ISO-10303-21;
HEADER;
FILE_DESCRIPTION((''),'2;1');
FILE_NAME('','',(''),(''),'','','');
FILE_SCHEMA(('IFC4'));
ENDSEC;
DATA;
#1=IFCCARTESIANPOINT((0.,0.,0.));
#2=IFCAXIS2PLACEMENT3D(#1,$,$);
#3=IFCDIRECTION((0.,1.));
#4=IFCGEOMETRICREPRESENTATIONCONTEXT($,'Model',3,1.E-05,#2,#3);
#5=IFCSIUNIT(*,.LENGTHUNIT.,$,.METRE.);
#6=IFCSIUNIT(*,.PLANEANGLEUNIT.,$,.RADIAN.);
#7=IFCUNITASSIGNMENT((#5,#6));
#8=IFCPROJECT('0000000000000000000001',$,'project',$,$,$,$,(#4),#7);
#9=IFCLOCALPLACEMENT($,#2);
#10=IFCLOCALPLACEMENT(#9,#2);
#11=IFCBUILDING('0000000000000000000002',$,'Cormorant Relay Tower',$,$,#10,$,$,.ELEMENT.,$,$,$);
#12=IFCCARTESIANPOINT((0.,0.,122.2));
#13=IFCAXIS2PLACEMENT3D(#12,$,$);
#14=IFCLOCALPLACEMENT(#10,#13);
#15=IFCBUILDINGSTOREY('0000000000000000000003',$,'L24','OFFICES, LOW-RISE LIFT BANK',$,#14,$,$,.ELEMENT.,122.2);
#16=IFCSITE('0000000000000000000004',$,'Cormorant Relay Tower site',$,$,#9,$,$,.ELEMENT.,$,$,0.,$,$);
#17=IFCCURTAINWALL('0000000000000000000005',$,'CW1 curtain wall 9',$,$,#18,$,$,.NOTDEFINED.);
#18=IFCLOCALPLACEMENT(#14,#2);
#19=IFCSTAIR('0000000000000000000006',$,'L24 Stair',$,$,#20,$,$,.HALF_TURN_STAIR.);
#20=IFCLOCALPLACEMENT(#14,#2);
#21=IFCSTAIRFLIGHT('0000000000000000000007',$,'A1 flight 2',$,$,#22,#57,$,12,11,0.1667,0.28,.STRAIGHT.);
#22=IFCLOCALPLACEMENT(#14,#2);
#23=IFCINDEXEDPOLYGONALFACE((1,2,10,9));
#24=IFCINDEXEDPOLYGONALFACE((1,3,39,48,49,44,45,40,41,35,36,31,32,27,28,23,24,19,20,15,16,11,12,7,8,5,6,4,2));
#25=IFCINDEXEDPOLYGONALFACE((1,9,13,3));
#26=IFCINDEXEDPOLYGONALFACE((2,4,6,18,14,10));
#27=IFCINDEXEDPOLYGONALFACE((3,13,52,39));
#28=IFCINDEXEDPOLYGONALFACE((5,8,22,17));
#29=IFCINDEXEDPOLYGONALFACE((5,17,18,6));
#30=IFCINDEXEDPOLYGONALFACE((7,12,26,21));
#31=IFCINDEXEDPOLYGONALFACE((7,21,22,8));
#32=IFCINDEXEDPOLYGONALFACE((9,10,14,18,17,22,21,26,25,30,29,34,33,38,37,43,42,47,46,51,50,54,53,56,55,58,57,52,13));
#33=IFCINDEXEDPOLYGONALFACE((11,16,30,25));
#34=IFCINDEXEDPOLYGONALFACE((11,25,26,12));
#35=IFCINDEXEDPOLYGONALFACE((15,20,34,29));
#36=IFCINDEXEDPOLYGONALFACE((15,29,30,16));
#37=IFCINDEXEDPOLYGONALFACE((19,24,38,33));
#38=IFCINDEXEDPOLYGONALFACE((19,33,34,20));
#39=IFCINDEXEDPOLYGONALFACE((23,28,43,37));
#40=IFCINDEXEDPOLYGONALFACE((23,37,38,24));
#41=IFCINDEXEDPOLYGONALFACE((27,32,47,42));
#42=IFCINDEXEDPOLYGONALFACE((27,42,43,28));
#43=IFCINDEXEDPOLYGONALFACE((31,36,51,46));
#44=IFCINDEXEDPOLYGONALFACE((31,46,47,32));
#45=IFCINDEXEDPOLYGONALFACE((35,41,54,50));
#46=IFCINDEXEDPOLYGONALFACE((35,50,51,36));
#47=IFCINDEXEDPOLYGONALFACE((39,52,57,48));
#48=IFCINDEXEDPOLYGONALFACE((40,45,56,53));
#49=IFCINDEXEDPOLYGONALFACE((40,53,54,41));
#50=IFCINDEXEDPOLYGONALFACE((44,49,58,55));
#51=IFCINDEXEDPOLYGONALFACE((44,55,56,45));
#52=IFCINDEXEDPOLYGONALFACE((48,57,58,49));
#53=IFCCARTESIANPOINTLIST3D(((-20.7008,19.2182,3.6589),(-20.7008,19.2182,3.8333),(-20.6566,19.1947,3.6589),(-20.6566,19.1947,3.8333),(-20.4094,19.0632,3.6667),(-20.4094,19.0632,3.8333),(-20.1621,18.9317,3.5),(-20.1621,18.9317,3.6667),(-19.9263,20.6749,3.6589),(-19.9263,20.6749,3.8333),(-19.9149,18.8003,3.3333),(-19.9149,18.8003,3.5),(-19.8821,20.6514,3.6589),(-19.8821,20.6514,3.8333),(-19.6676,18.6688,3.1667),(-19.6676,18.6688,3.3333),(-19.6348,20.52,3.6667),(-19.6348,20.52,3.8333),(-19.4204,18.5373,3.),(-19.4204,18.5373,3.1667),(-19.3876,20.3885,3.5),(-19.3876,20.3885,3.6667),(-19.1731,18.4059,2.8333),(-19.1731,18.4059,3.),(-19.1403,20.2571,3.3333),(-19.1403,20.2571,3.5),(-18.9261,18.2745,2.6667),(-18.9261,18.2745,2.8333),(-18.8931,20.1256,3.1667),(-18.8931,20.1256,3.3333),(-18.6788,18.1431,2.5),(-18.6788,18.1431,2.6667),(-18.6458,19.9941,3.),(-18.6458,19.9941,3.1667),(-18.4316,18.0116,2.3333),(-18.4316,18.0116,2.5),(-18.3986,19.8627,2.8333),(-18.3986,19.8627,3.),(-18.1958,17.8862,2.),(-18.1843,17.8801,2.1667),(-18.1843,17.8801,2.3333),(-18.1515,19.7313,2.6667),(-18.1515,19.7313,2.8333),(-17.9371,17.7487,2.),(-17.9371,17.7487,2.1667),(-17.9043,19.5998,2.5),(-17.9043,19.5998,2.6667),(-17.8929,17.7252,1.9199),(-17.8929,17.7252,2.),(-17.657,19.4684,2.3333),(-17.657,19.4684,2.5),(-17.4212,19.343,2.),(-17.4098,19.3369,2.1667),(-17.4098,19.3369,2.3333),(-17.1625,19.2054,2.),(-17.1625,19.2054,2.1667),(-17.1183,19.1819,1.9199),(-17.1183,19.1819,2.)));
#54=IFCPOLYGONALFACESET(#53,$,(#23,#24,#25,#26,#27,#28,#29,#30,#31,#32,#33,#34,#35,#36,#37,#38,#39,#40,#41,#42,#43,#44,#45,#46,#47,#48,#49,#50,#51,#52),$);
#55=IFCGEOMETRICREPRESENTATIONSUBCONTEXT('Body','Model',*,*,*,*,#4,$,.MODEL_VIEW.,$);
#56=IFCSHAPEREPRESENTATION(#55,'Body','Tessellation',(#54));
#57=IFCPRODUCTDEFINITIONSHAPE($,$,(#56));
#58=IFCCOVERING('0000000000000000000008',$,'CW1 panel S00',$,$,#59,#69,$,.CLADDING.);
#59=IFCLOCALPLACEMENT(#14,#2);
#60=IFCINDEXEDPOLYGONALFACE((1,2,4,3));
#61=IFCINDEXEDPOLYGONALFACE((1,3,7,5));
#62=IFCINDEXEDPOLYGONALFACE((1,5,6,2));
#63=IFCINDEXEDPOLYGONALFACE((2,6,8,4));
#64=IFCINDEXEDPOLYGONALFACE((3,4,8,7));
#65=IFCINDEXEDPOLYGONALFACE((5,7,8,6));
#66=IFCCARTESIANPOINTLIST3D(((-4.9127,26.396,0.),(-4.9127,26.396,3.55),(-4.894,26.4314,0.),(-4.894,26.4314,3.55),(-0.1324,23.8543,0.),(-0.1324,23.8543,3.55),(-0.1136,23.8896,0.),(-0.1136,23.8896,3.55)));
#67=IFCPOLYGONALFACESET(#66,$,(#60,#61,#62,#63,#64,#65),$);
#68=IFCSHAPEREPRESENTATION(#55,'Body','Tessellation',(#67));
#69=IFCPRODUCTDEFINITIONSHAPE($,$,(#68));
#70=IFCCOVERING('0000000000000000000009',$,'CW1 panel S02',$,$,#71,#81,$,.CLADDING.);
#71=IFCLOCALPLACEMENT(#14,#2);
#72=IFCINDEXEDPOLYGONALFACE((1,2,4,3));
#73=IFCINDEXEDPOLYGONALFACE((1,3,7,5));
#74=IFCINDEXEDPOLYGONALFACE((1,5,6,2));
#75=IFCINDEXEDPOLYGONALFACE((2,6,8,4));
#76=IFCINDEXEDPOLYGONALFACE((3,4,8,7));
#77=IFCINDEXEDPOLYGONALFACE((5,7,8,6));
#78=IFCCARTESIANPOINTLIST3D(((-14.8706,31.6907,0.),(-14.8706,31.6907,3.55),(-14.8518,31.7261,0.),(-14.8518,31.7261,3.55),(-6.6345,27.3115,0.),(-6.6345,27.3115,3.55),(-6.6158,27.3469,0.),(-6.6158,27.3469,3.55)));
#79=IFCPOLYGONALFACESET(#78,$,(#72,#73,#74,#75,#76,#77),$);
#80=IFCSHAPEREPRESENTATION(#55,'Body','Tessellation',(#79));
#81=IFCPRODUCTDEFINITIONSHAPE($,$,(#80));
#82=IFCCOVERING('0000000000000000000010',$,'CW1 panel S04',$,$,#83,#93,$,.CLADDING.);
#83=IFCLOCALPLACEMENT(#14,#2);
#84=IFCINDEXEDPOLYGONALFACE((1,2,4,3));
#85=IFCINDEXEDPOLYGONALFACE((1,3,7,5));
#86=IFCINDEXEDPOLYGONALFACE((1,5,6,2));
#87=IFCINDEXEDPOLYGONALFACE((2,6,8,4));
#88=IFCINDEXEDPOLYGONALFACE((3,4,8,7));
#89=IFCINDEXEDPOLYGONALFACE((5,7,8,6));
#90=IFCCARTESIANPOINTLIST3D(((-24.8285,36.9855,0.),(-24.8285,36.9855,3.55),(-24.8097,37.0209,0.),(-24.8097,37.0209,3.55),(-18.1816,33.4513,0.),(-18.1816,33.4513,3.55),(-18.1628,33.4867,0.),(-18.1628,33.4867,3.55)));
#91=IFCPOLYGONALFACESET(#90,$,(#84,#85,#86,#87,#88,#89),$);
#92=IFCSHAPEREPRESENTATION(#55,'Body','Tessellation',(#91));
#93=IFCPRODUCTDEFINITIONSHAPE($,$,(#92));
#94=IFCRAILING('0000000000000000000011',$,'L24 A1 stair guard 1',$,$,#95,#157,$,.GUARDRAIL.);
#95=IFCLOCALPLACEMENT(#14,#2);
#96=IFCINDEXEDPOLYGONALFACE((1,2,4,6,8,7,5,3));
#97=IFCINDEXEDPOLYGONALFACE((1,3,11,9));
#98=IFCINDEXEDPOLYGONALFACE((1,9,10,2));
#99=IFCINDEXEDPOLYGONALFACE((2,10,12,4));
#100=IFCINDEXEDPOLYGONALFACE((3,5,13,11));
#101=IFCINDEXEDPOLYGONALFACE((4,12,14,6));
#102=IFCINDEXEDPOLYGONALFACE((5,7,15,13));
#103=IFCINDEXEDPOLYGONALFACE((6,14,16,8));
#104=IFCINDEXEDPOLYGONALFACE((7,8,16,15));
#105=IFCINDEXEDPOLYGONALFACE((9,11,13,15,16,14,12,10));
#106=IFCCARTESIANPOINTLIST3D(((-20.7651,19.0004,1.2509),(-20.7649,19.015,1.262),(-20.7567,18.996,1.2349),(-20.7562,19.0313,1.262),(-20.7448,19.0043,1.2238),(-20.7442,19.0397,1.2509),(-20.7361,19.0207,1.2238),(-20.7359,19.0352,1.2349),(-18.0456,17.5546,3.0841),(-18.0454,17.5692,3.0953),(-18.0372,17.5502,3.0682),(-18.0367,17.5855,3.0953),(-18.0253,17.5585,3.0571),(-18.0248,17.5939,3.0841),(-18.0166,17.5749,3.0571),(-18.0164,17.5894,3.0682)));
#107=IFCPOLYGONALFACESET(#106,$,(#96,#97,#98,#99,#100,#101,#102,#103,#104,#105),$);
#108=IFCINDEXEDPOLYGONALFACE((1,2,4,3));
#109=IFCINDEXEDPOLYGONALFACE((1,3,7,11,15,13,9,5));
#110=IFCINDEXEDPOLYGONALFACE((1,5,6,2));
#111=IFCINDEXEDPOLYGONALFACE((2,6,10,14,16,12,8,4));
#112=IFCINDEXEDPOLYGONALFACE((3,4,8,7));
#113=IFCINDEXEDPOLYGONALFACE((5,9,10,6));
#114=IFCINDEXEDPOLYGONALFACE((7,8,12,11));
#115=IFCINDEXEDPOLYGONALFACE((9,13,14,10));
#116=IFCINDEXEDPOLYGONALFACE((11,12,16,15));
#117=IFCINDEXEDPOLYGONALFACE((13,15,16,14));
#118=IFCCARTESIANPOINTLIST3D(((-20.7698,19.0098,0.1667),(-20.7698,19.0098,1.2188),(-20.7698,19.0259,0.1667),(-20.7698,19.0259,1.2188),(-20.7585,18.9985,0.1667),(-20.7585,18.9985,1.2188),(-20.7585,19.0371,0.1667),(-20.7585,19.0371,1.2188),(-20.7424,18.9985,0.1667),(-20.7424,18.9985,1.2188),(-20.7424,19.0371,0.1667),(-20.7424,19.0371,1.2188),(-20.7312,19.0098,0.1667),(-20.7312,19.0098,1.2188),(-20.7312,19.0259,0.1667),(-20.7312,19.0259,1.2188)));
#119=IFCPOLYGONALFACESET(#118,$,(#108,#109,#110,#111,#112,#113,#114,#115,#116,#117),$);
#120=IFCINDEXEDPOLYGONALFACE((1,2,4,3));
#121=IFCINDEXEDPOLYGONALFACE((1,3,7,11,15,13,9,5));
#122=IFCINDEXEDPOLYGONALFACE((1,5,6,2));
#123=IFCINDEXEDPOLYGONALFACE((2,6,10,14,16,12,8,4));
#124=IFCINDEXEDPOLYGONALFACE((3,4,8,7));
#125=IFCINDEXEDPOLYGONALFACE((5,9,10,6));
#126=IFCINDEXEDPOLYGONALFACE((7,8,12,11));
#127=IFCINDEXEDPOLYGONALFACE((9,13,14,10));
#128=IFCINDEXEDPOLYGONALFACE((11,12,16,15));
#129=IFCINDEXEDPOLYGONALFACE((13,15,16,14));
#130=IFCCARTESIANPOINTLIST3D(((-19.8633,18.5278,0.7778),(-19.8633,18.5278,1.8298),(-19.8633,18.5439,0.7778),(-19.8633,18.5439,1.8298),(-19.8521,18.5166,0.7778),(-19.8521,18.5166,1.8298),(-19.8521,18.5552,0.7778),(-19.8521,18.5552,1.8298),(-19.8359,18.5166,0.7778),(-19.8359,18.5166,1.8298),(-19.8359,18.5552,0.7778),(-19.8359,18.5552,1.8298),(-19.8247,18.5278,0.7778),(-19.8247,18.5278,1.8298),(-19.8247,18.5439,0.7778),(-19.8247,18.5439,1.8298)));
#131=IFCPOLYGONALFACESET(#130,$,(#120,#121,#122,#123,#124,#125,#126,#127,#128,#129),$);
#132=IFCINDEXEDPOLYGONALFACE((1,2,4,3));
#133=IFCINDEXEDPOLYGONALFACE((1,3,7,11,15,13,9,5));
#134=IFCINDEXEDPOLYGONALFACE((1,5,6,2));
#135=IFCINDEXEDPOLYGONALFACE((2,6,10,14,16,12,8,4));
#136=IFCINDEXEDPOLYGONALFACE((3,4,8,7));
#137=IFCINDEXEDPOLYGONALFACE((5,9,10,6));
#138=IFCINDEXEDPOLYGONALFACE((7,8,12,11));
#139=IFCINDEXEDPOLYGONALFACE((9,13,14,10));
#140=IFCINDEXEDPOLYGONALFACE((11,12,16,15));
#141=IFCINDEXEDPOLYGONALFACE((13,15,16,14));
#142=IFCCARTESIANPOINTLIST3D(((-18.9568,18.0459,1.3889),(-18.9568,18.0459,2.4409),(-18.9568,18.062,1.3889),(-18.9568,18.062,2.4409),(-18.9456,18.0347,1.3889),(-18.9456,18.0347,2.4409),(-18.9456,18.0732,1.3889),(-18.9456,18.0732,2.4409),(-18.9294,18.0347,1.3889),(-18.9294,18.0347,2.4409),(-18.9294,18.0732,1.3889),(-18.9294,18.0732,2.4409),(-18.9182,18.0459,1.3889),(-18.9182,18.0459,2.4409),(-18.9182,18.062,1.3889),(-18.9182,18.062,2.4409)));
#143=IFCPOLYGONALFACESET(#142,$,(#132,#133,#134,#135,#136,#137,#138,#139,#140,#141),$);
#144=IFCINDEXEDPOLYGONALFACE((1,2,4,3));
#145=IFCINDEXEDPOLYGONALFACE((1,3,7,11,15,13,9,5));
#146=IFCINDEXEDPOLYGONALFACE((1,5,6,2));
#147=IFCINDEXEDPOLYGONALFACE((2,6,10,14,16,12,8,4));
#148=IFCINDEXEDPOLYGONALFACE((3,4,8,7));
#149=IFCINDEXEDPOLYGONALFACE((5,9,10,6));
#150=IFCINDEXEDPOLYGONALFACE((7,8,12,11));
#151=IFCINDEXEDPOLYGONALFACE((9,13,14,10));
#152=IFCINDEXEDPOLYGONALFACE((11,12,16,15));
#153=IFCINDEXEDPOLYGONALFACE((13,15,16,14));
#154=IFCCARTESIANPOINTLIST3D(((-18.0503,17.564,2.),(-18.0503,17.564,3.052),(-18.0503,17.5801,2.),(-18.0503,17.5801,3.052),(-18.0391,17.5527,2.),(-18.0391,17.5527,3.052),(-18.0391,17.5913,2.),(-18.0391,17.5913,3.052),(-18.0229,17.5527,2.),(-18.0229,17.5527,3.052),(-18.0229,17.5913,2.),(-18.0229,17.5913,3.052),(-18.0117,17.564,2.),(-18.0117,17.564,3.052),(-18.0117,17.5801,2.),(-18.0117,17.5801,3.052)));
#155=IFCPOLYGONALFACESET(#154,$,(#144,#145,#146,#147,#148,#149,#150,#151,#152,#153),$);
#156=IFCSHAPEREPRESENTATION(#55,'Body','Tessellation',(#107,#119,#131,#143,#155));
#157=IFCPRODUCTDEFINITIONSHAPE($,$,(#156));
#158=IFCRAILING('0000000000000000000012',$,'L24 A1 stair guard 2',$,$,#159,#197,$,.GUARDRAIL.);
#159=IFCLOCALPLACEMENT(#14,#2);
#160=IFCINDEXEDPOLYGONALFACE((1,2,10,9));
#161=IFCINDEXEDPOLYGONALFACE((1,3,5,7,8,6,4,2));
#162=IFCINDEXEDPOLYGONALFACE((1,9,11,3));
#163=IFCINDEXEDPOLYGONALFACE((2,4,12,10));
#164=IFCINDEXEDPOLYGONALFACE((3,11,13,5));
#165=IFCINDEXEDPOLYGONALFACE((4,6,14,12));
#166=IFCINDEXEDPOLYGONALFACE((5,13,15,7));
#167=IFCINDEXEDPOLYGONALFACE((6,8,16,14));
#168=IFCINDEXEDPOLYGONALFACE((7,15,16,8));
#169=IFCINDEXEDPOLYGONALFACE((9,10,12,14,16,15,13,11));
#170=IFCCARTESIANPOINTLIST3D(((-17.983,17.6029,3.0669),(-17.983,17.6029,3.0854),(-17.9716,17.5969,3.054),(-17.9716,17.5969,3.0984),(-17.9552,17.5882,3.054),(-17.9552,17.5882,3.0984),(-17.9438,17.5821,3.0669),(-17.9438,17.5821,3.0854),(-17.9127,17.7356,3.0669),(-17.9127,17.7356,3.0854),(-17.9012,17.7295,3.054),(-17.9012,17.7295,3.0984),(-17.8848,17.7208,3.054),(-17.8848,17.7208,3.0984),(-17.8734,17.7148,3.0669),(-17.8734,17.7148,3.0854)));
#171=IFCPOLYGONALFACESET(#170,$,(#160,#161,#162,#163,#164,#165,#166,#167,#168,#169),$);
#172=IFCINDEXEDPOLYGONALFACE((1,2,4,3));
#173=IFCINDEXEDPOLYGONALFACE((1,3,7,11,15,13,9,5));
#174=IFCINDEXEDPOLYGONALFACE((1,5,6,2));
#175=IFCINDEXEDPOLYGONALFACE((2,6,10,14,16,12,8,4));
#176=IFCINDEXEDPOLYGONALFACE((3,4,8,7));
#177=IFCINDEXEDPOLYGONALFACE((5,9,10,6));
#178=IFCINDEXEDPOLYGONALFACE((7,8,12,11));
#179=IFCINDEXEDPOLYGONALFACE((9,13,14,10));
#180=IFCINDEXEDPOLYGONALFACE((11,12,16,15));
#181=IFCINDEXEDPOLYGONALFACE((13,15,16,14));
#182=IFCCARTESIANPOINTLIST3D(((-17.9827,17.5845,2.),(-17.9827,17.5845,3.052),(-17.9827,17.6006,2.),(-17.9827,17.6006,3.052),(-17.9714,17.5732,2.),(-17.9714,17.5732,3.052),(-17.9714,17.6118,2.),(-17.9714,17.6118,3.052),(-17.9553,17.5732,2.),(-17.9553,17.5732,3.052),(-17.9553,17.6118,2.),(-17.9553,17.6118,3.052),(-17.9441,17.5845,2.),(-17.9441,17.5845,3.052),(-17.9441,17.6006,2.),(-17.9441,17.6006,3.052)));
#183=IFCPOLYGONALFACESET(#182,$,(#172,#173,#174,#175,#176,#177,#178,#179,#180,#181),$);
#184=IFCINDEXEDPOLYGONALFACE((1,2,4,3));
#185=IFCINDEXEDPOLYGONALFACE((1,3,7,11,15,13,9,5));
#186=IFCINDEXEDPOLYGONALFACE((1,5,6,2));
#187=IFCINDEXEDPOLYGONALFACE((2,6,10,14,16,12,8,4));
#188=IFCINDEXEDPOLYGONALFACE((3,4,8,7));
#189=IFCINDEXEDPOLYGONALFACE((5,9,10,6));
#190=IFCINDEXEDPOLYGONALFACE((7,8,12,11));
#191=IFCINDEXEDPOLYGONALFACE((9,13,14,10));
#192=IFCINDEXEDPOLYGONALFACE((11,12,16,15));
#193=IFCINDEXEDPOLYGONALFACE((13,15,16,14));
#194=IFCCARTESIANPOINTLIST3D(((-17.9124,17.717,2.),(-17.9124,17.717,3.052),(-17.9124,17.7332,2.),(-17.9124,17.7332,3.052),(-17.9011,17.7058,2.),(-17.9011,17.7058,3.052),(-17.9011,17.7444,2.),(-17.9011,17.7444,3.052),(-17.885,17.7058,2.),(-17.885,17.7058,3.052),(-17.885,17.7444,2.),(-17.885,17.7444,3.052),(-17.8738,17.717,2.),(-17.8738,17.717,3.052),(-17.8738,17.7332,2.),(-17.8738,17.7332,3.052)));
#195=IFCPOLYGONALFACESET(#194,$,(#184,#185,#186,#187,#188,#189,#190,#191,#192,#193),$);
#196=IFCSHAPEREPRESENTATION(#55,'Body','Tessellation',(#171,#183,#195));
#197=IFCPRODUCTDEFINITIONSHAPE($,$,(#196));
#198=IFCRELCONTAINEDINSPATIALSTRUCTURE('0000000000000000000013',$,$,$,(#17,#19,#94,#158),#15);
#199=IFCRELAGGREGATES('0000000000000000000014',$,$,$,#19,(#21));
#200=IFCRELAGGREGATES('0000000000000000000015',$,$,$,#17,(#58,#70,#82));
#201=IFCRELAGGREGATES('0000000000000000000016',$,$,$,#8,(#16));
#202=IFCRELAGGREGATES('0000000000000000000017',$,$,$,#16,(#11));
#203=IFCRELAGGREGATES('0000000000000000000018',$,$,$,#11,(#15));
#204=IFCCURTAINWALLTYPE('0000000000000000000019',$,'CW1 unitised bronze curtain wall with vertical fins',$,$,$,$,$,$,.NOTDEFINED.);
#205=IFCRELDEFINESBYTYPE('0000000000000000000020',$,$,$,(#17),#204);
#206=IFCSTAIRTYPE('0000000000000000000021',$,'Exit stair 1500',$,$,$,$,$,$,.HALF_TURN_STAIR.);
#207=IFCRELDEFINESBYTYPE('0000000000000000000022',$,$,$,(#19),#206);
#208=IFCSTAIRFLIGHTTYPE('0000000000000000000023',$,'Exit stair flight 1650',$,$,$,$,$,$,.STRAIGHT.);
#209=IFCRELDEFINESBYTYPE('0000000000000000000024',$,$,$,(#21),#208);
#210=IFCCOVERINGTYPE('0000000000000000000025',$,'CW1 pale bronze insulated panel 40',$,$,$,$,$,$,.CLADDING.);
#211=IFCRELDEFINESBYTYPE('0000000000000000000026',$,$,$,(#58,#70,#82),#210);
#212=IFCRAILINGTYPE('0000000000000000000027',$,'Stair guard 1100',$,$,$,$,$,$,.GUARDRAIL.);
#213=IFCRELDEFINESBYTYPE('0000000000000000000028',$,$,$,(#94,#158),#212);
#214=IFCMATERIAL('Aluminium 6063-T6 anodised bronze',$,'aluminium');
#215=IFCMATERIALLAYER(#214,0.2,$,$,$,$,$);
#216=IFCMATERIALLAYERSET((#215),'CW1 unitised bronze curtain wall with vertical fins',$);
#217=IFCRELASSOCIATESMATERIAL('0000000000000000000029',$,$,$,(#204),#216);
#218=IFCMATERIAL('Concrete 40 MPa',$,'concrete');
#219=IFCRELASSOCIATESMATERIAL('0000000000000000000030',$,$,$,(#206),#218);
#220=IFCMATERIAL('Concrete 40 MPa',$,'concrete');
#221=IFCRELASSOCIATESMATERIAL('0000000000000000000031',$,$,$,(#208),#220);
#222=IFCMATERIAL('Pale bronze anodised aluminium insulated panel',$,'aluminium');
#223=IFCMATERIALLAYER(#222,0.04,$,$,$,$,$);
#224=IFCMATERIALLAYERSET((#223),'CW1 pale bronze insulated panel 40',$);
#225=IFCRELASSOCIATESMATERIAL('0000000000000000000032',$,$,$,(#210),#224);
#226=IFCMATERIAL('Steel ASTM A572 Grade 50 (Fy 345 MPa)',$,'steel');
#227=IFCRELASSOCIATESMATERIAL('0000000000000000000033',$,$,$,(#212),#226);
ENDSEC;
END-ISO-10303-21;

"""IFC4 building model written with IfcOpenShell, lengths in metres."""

from ifc_helpers import new_model, si_unit, direction, frame, origin, origin_2d, place, context, subcontext, project, spatial, polyline, rectangle, outline, extrude, material, layer, layer_set, type_object, element, aggregate, save


model = new_model("IFC4")

# Units and contexts
model_context = context("Model", 3, precision=1e-05, world=origin(), true_north=direction((0.0, 1.0)))
body_context = subcontext(model_context, "Body", "Model", "MODEL_VIEW")
ifc_project = project(units=[si_unit("LENGTHUNIT", "METRE"), si_unit("PLANEANGLEUNIT", "RADIAN")], contexts=[model_context])

# Site, building, storey
site_placement = place(None, origin())
site = spatial("IfcSite", under=ifc_project, at=site_placement, Name="Cormorant Relay Tower site", CompositionType="ELEMENT", RefElevation=0.0)
building_placement = place(site_placement, origin())
building = spatial("IfcBuilding", under=site, at=building_placement, Name="Cormorant Relay Tower", CompositionType="ELEMENT")
storey_placement = place(building_placement, frame((0.0, 0.0, 122.2)))
storey = spatial("IfcBuildingStorey", under=building, at=storey_placement, Name="L24", Description="OFFICES, LOW-RISE LIFT BANK", CompositionType="ELEMENT", Elevation=122.2)

# Curtain wall
ifc_material_1 = material(Name="Aluminium 6063-T6 anodised bronze", Category="aluminium")
ifc_layer_1 = layer(ifc_material_1, 0.2)
ifc_layer_set_1 = layer_set([ifc_layer_1], Name="CW1 unitised bronze curtain wall with vertical fins")
curtain_wall_type = type_object("IfcCurtainWallType", Name="CW1 unitised bronze curtain wall with vertical fins", PredefinedType="NOTDEFINED", material=ifc_layer_set_1)
curtain_wall_placement = place(storey_placement, origin())
curtain_wall = element("IfcCurtainWall", 1, at=curtain_wall_placement, inside=storey, type_object=curtain_wall_type, Name="CW1 curtain wall 9", PredefinedType="NOTDEFINED")

# Stair, stair flight
ifc_material_2 = material(Name="Concrete 40 MPa", Category="concrete")
stair_type = type_object("IfcStairType", Name="Exit stair 1500", PredefinedType="HALF_TURN_STAIR", material=ifc_material_2)
stair_placement = place(storey_placement, origin())
stair = element("IfcStair", 2, at=stair_placement, inside=storey, type_object=stair_type, Name="L24 Stair", PredefinedType="HALF_TURN_STAIR")
ifc_material_3 = material(Name="Concrete 40 MPa", Category="concrete")
stair_flight_type = type_object("IfcStairFlightType", Name="Exit stair flight 1650", PredefinedType="STRAIGHT", material=ifc_material_3)
stair_flight_1_placement = place(storey_placement, frame((-17.5498, 18.4771, 2.0), z_axis=(0.0, 0.0, 1.0), x_axis=(-0.882948, 0.469472, 0.0)))
stair_flight_1 = element("IfcStairFlight", 3, at=stair_flight_1_placement, type_object=stair_flight_type, Name="A1 flight 2", NumberOfRisers=12, NumberOfTreads=11, PredefinedType="STRAIGHT", RiserHeight=0.1667, TreadLength=0.28, context=body_context, shape_type="SweptSolid", body=[
    extrude(outline(polyline([(-0.05, -0.0801), (-0.05, 0.0), (0.0, 0.0), (0.0, 0.1667), (0.28, 0.1667), (0.28, 0.3333), (0.5601, 0.3333), (0.5601, 0.5), (0.8401, 0.5), (0.8401, 0.6667), (1.1201, 0.6667), (1.1201, 0.8333), (1.3999, 0.8333), (1.3999, 1.0), (1.6799, 1.0), (1.6799, 1.1667), (1.96, 1.1667), (1.96, 1.3333), (2.24, 1.3333), (2.24, 1.5), (2.52, 1.5), (2.52, 1.6667), (2.8, 1.6667), (2.8, 1.8333), (3.0801, 1.8333), (3.1301, 1.8333), (3.1301, 1.6589), (3.0801, 1.6589), (0.293, 0.0), (-0.05, -0.0801)])), frame((0.0, 0.825, 0.0), z_axis=(0.0, -1.0, 0.0), x_axis=(1.0, 0.0, 0.0)), (0.0, 0.0, 1.0), 1.6499),
])
aggregate(stair, [stair_flight_1])

# Coverings
ifc_material_4 = material(Name="Pale bronze anodised aluminium insulated panel", Category="aluminium")
ifc_layer_2 = layer(ifc_material_4, 0.04)
ifc_layer_set_2 = layer_set([ifc_layer_2], Name="CW1 pale bronze insulated panel 40")
covering_type = type_object("IfcCoveringType", Name="CW1 pale bronze insulated panel 40", PredefinedType="CLADDING", material=ifc_layer_set_2)
covering_1_placement = place(storey_placement, frame((-2.5132, 25.1428, 0.0), z_axis=(0.0, 0.0, 1.0), x_axis=(-0.882948, 0.469472, 0.0)))
covering_1 = element("IfcCovering", 4, at=covering_1_placement, type_object=covering_type, Name="CW1 panel S00", PredefinedType="CLADDING", context=body_context, shape_type="SweptSolid", body=[
    extrude(rectangle(XDim=5.4141, YDim=0.04, at=origin_2d()), origin(), (0.0, 0.0, 1.0), 3.55),
])
covering_2_placement = place(storey_placement, frame((-10.7432, 29.5188, 0.0), z_axis=(0.0, 0.0, 1.0), x_axis=(-0.882948, 0.469472, 0.0)))
covering_2 = element("IfcCovering", 5, at=covering_2_placement, type_object=covering_type, Name="CW1 panel S02", PredefinedType="CLADDING", context=body_context, shape_type="SweptSolid", body=[
    extrude(rectangle(XDim=9.3279, YDim=0.04, at=origin_2d()), origin(), (0.0, 0.0, 1.0), 3.55),
])
covering_3_placement = place(storey_placement, frame((-21.4956, 35.2361, 0.0), z_axis=(0.0, 0.0, 1.0), x_axis=(-0.882948, 0.469472, 0.0)))
covering_3 = element("IfcCovering", 6, at=covering_3_placement, type_object=covering_type, Name="CW1 panel S04", PredefinedType="CLADDING", context=body_context, shape_type="SweptSolid", body=[
    extrude(rectangle(XDim=7.5281, YDim=0.04, at=origin_2d()), origin(), (0.0, 0.0, 1.0), 3.55),
])
aggregate(curtain_wall, [covering_1, covering_2, covering_3])

# Railings
ifc_material_5 = material(Name="Steel ASTM A572 Grade 50 (Fy 345 MPa)", Category="steel")
railing_type_1 = type_object("IfcRailingType", Name="Stair guard 1100", PredefinedType="GUARDRAIL", material=ifc_material_5)
railing_1_placement = place(storey_placement, frame((-20.7505, 19.0178, 0.1667)))
element("IfcRailing", 7, at=railing_1_placement, inside=storey, type_object=railing_type_1, Name="L24 A1 stair guard 1", PredefinedType="GUARDRAIL", context=body_context, shape_type="SweptSolid", body=[
    extrude(outline(polyline([(0.0222, 0.0093), (0.0093, 0.0222), (-0.0093, 0.0222), (-0.0222, 0.0093), (-0.0222, -0.0093), (-0.0093, -0.0222), (0.0093, -0.0222), (0.0222, -0.0093), (0.0222, 0.0093)])), frame((0.0, 0.0, 1.0762), z_axis=(0.758735, -0.403378, 0.511477), x_axis=(0.469428, 0.882971, 0.0)), (0.0, 0.0, 1.0), 3.5842),
    extrude(outline(polyline([(0.0193, 0.0081), (0.0081, 0.0193), (-0.0081, 0.0193), (-0.0193, 0.0081), (-0.0193, -0.0081), (-0.0081, -0.0193), (0.0081, -0.0193), (0.0193, -0.0081), (0.0193, 0.0081)])), origin(), (0.0, 0.0, 1.0), 1.052),
    extrude(outline(polyline([(0.0193, 0.0081), (0.0081, 0.0193), (-0.0081, 0.0193), (-0.0193, 0.0081), (-0.0193, -0.0081), (-0.0081, -0.0193), (0.0081, -0.0193), (0.0193, -0.0081), (0.0193, 0.0081)])), frame((0.9065, -0.4819, 0.6111)), (0.0, 0.0, 1.0), 1.052),
    extrude(outline(polyline([(0.0193, 0.0081), (0.0081, 0.0193), (-0.0081, 0.0193), (-0.0193, 0.0081), (-0.0193, -0.0081), (-0.0081, -0.0193), (0.0081, -0.0193), (0.0193, -0.0081), (0.0193, 0.0081)])), frame((1.813, -0.9639, 1.2222)), (0.0, 0.0, 1.0), 1.052),
    extrude(outline(polyline([(0.0193, 0.0081), (0.0081, 0.0193), (-0.0081, 0.0193), (-0.0193, 0.0081), (-0.0193, -0.0081), (-0.0081, -0.0193), (0.0081, -0.0193), (0.0193, -0.0081), (0.0193, 0.0081)])), frame((2.7195, -1.4458, 1.8333)), (0.0, 0.0, 1.0), 1.052),
])
railing_2_placement = place(storey_placement, frame((-17.9634, 17.5925, 2.0)))
element("IfcRailing", 8, at=railing_2_placement, inside=storey, type_object=railing_type_1, Name="L24 A1 stair guard 2", PredefinedType="GUARDRAIL", context=body_context, shape_type="SweptSolid", body=[
    extrude(outline(polyline([(0.0222, 0.0093), (0.0093, 0.0222), (-0.0093, 0.0222), (-0.0222, 0.0093), (-0.0222, -0.0093), (-0.0093, -0.0222), (0.0093, -0.0222), (0.0222, -0.0093), (0.0222, 0.0093)])), frame((0.0, 0.0, 1.0762), z_axis=(0.46856, 0.883431, 0.0), x_axis=(-0.883431, 0.46856, 0.0)), (0.0, 0.0, 1.0), 0.1501),
    extrude(outline(polyline([(0.0193, 0.0081), (0.0081, 0.0193), (-0.0081, 0.0193), (-0.0193, 0.0081), (-0.0193, -0.0081), (-0.0081, -0.0193), (0.0081, -0.0193), (0.0193, -0.0081), (0.0193, 0.0081)])), origin(), (0.0, 0.0, 1.0), 1.052),
    extrude(outline(polyline([(0.0193, 0.0081), (0.0081, 0.0193), (-0.0081, 0.0193), (-0.0193, 0.0081), (-0.0193, -0.0081), (-0.0081, -0.0193), (0.0081, -0.0193), (0.0193, -0.0081), (0.0193, 0.0081)])), frame((0.0703, 0.1326, 0.0)), (0.0, 0.0, 1.0), 1.052),
])

save(model, "model.ifc")
